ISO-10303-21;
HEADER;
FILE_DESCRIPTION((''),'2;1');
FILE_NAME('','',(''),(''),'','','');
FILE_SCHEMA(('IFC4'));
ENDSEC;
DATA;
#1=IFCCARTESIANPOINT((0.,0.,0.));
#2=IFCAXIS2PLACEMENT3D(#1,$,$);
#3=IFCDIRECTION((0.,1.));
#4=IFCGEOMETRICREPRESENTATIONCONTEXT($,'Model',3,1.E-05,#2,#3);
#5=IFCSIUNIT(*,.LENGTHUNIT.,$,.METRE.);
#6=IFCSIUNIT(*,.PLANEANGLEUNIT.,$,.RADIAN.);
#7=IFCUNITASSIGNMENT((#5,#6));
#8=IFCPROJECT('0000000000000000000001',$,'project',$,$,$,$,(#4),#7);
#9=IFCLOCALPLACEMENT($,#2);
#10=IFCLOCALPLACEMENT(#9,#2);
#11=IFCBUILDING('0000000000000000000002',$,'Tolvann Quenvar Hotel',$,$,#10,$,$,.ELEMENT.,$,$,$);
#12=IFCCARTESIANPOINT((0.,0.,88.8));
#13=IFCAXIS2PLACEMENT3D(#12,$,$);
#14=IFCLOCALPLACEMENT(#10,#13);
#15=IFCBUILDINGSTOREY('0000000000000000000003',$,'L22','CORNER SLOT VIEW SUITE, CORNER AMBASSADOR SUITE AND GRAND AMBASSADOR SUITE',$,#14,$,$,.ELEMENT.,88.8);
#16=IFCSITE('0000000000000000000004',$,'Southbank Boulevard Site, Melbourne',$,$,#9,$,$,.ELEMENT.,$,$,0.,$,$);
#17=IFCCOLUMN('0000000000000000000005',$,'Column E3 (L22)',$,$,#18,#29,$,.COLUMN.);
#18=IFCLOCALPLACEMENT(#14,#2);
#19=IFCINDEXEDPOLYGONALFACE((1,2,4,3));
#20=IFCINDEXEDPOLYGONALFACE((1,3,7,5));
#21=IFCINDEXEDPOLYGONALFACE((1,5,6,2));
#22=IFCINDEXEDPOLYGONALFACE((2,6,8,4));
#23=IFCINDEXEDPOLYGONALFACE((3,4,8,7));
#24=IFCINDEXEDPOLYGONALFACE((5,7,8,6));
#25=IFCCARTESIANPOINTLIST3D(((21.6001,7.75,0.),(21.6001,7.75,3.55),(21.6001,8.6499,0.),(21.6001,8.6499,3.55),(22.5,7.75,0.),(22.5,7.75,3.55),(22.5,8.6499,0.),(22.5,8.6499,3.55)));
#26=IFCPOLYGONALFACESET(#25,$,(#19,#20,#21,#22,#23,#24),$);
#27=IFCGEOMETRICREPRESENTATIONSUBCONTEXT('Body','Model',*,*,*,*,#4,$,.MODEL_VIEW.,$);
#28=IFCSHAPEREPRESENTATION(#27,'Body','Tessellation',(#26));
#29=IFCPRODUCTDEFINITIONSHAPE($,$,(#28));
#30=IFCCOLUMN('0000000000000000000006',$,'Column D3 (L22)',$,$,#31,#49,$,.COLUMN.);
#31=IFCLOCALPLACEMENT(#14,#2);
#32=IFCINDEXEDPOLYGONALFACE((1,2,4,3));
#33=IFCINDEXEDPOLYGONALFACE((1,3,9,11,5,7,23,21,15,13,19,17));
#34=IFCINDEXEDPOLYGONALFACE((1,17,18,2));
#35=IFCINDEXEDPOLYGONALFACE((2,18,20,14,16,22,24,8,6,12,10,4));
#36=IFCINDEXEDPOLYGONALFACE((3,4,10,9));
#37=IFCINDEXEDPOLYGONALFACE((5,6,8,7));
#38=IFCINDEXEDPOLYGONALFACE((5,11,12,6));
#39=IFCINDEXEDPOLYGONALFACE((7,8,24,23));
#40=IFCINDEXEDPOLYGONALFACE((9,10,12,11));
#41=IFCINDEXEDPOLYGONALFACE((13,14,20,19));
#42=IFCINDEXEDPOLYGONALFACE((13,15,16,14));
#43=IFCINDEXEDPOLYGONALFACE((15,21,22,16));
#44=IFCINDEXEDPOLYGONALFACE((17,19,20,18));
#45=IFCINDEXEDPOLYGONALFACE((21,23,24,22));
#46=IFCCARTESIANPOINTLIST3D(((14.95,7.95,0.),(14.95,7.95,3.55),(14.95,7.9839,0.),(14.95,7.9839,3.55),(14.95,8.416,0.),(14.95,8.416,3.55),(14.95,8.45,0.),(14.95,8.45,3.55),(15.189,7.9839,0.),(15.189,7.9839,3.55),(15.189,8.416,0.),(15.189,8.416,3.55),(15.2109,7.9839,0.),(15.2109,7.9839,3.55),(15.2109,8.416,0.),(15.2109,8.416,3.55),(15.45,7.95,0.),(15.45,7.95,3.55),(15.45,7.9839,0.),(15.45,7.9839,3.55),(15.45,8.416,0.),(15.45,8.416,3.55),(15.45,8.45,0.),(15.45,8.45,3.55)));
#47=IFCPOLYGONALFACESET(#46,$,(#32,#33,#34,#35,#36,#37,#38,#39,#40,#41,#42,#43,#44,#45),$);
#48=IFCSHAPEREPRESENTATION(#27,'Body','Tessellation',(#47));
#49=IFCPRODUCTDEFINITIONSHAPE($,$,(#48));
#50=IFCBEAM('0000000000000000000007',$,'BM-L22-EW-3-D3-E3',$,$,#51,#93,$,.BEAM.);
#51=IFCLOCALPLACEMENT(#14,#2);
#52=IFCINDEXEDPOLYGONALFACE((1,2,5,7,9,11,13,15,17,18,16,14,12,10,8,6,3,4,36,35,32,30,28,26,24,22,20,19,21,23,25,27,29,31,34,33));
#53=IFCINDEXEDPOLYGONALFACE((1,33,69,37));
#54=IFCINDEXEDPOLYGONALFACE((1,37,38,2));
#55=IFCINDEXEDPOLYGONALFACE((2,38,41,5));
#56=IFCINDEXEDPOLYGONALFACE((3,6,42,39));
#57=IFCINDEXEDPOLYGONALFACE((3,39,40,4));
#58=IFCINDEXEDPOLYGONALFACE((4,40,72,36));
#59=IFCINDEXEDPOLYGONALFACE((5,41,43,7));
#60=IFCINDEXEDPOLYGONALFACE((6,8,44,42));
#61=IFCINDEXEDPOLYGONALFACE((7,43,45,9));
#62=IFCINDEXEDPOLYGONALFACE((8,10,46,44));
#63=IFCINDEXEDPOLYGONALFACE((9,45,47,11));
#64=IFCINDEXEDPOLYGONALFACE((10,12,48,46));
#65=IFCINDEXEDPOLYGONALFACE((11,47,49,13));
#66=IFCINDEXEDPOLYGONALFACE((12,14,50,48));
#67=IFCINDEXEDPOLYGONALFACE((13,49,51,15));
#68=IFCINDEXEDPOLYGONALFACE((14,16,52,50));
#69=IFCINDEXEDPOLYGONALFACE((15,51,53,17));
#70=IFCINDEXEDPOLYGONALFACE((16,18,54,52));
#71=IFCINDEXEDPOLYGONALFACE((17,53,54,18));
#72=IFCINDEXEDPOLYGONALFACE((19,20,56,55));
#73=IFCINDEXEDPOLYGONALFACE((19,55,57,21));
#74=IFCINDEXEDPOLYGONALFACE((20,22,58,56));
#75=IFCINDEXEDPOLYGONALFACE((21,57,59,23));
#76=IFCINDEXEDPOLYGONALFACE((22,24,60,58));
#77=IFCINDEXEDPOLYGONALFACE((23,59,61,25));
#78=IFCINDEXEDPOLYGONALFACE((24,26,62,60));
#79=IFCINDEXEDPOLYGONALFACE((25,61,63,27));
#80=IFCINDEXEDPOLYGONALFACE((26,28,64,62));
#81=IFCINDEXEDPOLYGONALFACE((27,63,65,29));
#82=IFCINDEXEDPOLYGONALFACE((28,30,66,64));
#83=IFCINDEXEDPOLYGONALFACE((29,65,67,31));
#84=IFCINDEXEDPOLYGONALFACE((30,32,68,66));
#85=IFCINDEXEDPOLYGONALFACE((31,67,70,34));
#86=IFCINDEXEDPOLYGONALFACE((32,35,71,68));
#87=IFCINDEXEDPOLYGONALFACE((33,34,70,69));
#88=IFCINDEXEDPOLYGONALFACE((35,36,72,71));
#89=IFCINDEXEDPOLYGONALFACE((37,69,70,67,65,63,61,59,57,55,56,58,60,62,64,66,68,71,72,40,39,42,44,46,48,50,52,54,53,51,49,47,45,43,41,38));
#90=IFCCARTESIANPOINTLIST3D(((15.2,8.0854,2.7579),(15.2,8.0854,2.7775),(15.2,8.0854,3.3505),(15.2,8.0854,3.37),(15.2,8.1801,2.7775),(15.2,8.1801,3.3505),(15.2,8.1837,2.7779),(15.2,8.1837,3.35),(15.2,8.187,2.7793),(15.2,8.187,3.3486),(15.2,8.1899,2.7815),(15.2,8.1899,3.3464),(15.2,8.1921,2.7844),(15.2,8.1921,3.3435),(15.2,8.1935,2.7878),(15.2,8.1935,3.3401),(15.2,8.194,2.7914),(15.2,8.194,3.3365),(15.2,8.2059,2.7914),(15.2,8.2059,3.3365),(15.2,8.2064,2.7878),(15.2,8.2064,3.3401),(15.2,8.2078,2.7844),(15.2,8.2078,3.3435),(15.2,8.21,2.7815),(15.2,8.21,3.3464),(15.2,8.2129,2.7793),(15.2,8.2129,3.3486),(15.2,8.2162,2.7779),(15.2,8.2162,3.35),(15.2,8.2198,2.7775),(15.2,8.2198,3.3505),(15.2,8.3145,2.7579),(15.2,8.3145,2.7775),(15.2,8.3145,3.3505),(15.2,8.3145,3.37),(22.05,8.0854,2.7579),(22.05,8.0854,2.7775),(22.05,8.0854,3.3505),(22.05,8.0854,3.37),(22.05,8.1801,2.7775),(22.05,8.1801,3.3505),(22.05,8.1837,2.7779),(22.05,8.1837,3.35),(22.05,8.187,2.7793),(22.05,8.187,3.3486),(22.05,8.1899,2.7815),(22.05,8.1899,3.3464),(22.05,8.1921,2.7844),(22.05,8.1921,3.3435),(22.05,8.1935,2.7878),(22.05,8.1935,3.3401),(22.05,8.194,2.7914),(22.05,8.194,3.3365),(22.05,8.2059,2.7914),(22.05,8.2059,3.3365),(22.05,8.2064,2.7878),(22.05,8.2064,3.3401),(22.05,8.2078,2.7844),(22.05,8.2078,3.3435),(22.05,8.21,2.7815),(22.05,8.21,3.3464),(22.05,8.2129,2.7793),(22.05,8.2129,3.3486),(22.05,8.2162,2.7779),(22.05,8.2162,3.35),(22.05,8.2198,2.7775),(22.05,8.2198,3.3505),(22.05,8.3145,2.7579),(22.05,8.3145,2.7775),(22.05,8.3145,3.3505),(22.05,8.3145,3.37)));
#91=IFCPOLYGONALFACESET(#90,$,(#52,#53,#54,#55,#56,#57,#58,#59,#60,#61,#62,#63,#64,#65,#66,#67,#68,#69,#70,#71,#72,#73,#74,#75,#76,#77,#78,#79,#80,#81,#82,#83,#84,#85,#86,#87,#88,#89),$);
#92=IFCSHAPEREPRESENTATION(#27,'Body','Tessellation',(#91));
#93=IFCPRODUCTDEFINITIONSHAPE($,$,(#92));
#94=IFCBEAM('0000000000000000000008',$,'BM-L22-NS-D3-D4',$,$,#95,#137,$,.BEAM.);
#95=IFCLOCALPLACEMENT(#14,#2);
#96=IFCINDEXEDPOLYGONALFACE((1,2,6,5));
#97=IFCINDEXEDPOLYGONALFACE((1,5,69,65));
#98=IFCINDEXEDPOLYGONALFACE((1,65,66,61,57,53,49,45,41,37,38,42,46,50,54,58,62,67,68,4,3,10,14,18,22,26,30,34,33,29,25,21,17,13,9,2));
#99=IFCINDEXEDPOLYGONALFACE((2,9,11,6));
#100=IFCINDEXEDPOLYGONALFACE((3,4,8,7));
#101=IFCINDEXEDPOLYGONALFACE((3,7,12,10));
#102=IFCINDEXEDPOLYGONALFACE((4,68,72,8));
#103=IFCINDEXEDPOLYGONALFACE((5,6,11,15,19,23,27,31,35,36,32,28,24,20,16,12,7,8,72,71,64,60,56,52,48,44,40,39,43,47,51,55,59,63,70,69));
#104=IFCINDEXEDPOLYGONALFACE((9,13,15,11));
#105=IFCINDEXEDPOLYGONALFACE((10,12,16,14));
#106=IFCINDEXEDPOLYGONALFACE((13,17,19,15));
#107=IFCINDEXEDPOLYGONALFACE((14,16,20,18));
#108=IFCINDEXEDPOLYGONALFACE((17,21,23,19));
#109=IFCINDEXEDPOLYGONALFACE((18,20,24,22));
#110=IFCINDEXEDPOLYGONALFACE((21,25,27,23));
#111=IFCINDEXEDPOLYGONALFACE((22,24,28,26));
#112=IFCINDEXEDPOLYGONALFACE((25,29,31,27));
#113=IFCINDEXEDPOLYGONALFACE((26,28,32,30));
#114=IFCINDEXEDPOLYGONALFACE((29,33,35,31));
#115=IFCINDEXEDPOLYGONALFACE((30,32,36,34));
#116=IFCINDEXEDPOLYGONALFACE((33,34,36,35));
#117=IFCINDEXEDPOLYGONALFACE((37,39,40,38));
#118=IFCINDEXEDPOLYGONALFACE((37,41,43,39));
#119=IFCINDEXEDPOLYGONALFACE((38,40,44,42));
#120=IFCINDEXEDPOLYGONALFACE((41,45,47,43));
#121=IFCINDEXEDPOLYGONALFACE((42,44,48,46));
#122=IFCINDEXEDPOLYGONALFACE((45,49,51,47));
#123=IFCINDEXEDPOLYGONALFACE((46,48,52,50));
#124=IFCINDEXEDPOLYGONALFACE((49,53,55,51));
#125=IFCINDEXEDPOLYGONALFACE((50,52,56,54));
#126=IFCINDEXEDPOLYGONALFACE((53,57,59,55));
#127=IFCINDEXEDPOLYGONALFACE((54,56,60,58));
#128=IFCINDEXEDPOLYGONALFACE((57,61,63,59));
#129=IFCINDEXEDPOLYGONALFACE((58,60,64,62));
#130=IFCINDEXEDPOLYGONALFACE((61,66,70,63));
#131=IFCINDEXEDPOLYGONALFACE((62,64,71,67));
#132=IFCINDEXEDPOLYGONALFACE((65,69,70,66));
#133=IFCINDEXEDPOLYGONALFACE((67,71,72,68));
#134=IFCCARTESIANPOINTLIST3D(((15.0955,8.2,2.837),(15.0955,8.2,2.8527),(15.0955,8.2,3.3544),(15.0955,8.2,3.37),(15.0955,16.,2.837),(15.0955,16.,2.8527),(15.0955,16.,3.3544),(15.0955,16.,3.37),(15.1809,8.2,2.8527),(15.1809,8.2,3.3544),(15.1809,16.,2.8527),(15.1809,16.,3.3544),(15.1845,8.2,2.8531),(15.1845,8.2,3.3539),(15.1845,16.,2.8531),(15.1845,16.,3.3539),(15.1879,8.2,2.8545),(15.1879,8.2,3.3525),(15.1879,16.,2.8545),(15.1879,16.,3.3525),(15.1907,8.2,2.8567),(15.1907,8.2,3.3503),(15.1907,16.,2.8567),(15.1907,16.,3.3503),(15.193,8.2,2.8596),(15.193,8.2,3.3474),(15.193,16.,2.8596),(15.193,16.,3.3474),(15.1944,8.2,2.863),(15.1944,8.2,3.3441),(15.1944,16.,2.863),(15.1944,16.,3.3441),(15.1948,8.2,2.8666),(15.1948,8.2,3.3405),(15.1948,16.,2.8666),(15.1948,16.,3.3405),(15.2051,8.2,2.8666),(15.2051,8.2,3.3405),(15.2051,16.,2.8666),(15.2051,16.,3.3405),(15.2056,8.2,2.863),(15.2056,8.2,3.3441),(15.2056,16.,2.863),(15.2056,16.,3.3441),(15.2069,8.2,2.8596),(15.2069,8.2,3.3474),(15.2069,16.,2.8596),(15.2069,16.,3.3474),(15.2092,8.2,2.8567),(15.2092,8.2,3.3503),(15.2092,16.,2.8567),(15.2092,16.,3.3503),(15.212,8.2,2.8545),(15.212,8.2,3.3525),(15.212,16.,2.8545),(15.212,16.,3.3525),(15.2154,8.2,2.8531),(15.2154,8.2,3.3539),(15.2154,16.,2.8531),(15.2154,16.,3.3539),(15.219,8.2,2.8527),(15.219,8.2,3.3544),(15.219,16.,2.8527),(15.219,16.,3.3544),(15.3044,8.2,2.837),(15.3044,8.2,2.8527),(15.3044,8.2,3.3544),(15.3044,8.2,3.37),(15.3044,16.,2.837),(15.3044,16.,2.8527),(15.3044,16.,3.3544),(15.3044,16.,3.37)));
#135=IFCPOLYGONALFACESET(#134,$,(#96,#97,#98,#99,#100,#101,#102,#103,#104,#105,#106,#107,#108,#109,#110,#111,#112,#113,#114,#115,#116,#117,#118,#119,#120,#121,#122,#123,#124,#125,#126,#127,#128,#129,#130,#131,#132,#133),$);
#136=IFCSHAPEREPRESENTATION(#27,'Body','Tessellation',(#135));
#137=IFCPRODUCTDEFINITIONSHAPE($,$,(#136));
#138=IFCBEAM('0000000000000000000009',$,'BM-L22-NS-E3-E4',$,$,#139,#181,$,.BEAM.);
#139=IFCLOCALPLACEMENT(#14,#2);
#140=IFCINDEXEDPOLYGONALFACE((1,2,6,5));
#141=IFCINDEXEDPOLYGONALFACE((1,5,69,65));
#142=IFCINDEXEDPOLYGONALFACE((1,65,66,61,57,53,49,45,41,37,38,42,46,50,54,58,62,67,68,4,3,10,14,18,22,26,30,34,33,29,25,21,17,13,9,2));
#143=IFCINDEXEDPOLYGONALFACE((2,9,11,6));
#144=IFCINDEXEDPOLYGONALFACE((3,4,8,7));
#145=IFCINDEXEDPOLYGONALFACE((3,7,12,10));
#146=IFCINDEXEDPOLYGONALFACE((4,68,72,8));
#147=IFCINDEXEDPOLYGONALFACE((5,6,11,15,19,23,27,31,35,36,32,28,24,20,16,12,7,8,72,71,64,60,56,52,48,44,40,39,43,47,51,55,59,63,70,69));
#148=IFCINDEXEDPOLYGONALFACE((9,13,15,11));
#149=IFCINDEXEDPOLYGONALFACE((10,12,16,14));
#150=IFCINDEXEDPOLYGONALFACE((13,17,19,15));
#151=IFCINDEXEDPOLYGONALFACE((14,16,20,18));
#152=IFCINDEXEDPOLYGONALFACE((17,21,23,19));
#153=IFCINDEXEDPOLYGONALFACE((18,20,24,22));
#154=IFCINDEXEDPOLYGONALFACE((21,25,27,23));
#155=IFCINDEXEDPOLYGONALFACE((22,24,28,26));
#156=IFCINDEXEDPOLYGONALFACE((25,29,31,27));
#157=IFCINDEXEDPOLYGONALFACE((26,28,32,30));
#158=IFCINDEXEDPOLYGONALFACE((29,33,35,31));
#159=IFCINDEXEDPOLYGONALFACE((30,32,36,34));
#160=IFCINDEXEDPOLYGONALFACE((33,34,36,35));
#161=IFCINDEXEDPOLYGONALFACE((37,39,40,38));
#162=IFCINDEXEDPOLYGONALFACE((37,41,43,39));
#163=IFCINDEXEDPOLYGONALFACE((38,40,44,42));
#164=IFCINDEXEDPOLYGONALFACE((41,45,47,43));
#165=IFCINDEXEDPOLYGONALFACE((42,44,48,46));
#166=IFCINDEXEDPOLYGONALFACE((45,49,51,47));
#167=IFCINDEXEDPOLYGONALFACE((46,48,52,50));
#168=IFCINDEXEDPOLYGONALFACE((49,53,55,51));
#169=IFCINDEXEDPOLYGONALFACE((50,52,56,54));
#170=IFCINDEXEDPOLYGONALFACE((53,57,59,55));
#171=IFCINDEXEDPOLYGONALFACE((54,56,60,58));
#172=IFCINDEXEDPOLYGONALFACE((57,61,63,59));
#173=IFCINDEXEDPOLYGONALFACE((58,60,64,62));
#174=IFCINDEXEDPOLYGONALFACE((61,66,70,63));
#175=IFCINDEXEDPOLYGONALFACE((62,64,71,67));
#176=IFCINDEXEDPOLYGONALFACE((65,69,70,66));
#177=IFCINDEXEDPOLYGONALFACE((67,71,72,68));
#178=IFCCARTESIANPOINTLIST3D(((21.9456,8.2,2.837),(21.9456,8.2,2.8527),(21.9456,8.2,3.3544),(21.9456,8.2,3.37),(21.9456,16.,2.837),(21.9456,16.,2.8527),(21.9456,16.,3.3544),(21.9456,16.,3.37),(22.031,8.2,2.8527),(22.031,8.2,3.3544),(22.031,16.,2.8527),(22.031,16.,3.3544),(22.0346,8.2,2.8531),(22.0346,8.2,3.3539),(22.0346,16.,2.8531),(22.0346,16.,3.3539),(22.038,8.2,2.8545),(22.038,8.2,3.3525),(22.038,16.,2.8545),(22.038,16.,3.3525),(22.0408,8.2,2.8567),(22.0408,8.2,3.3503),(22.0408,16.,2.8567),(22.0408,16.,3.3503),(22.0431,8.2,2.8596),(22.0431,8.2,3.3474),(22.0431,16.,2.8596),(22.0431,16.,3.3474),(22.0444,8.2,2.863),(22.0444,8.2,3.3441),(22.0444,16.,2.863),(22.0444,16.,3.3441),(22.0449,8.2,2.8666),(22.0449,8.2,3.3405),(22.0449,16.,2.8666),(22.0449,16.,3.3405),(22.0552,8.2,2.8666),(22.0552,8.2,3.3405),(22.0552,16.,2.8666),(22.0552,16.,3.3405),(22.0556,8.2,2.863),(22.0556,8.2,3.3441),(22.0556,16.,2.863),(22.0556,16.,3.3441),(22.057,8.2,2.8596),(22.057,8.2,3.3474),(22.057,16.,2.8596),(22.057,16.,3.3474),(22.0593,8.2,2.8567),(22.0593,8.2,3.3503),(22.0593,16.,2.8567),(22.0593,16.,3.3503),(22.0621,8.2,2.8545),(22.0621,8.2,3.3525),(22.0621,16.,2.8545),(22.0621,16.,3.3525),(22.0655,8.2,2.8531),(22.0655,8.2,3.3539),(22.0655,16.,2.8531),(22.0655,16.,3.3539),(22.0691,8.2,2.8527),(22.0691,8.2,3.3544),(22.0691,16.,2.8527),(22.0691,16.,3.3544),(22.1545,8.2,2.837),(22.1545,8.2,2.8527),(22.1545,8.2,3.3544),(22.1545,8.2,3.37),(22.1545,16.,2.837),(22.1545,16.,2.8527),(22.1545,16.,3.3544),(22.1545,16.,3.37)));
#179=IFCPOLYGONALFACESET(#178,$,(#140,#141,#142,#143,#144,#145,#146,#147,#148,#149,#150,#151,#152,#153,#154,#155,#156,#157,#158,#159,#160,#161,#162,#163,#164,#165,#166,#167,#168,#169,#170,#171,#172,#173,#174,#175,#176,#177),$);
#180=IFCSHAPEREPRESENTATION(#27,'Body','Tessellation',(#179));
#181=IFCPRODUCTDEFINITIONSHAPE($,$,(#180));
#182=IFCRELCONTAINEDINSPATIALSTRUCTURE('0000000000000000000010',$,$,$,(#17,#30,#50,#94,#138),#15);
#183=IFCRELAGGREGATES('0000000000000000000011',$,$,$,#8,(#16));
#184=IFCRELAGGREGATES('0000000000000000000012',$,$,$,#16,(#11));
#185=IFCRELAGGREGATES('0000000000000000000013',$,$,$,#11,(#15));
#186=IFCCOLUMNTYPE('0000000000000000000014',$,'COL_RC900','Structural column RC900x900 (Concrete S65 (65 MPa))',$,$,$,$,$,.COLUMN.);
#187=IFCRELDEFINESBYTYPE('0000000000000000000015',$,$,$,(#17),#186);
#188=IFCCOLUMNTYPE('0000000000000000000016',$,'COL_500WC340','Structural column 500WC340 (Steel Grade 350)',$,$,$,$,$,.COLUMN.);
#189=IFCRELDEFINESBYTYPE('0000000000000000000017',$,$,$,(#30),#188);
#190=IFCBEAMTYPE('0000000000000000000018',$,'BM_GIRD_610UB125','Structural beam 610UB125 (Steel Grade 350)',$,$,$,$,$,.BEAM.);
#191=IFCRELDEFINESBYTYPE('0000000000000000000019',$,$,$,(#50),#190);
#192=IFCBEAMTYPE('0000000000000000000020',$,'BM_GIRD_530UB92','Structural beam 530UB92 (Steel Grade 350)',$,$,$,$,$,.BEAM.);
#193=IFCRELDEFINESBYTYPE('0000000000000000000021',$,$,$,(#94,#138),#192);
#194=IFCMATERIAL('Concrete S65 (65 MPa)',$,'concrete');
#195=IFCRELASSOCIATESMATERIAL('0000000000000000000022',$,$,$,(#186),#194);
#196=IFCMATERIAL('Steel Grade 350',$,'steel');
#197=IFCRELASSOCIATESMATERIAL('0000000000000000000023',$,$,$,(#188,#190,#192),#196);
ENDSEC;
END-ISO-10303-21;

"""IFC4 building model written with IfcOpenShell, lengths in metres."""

from ifc_helpers import new_model, si_unit, direction, frame, origin, origin_2d, place, context, subcontext, project, spatial, rectangle, i_section, extrude, source, transform, mapped, material, material_profile, profile_set, type_object, type_shapes, element, save


model = new_model("IFC4")

# Units and contexts
model_context = context("Model", 3, precision=1e-05, world=origin(), true_north=direction((0.0, 1.0)))
body_context = subcontext(model_context, "Body", "Model", "MODEL_VIEW")
ifc_project = project(units=[si_unit("LENGTHUNIT", "METRE"), si_unit("PLANEANGLEUNIT", "RADIAN")], contexts=[model_context])

# Site, building, storey
site_placement = place(None, origin())
site = spatial("IfcSite", under=ifc_project, at=site_placement, Name="Southbank Boulevard Site, Melbourne", CompositionType="ELEMENT", RefElevation=0.0)
building_placement = place(site_placement, origin())
building = spatial("IfcBuilding", under=site, at=building_placement, Name="Tolvann Quenvar Hotel", CompositionType="ELEMENT")
storey_placement = place(building_placement, frame((0.0, 0.0, 88.8)))
storey = spatial("IfcBuildingStorey", under=building, at=storey_placement, Name="L22", Description="CORNER SLOT VIEW SUITE, CORNER AMBASSADOR SUITE AND GRAND AMBASSADOR SUITE", CompositionType="ELEMENT", Elevation=88.8)

# Columns
ifc_material_1 = material(Name="Concrete S65 (65 MPa)", Category="concrete")
ifc_material_profile_1 = material_profile(ifc_material_1, rectangle(XDim=0.8999, YDim=0.8999, at=origin_2d()), Name="RC900x900")
ifc_profile_set_1 = profile_set([ifc_material_profile_1], Name="Concrete S65 (65 MPa)")
column_type_1 = type_object("IfcColumnType", Name="COL_RC900", Description="Structural column RC900x900 (Concrete S65 (65 MPa))", PredefinedType="COLUMN", material=ifc_profile_set_1)
shared_shape_1 = source(origin(), body_context, "Body", "SweptSolid", [
    extrude(rectangle(XDim=0.8999, YDim=0.8999, at=origin_2d()), origin(), (0.0, 0.0, 1.0), 3.55),
])
type_shapes(column_type_1, [shared_shape_1])
column_1_placement = place(storey_placement, frame((22.05, 8.2, 0.0), z_axis=(0.0, 0.0, 1.0), x_axis=(1.0, 0.0, 0.0)))
element("IfcColumn", 1, at=column_1_placement, inside=storey, type_object=column_type_1, Name="Column E3 (L22)", PredefinedType="COLUMN", context=body_context, shape_type="MappedRepresentation", body=[
    mapped(shared_shape_1, transform((0.0, 0.0, 0.0), x_axis=(1.0, 0.0, 0.0), y_axis=(0.0, 1.0, 0.0), z_axis=(0.0, 0.0, 1.0), scale=1.0)),
])
ifc_material_2 = material(Name="Steel Grade 350", Category="steel")
ifc_material_profile_2 = material_profile(ifc_material_2, i_section(OverallWidth=0.5, OverallDepth=0.5, WebThickness=0.022, FlangeThickness=0.0339, at=origin_2d()), Name="500WC340")
ifc_profile_set_2 = profile_set([ifc_material_profile_2], Name="Steel Grade 350")
column_type_2 = type_object("IfcColumnType", Name="COL_500WC340", Description="Structural column 500WC340 (Steel Grade 350)", PredefinedType="COLUMN", material=ifc_profile_set_2)
shared_shape_2 = source(origin(), body_context, "Body", "SweptSolid", [
    extrude(i_section(OverallWidth=0.5, OverallDepth=0.5, WebThickness=0.022, FlangeThickness=0.0339, at=origin_2d()), origin(), (0.0, 0.0, 1.0), 3.55),
])
type_shapes(column_type_2, [shared_shape_2])
column_2_placement = place(storey_placement, frame((15.2, 8.2, 0.0), z_axis=(0.0, 0.0, 1.0), x_axis=(1.0, 0.0, 0.0)))
element("IfcColumn", 2, at=column_2_placement, inside=storey, type_object=column_type_2, Name="Column D3 (L22)", PredefinedType="COLUMN", context=body_context, shape_type="MappedRepresentation", body=[
    mapped(shared_shape_2, transform((0.0, 0.0, 0.0), x_axis=(1.0, 0.0, 0.0), y_axis=(0.0, 1.0, 0.0), z_axis=(0.0, 0.0, 1.0), scale=1.0)),
])

# Beams
ifc_material_profile_3 = material_profile(ifc_material_2, i_section(OverallWidth=0.229, OverallDepth=0.6121, WebThickness=0.012, FlangeThickness=0.0195, FilletRadius=0.0139, at=origin_2d()), Name="610UB125")
ifc_profile_set_3 = profile_set([ifc_material_profile_3], Name="Steel Grade 350")
beam_type_1 = type_object("IfcBeamType", Name="BM_GIRD_610UB125", Description="Structural beam 610UB125 (Steel Grade 350)", PredefinedType="BEAM", material=ifc_profile_set_3)
shared_shape_3 = source(origin(), body_context, "Body", "SweptSolid", [
    extrude(i_section(OverallWidth=0.229, OverallDepth=0.6121, WebThickness=0.012, FlangeThickness=0.0195, FilletRadius=0.0139, at=origin_2d()), origin(), (0.0, 0.0, 1.0), 6.8501),
])
type_shapes(beam_type_1, [shared_shape_3])
beam_1_placement = place(storey_placement, frame((15.2, 8.2, 3.064), z_axis=(1.0, 0.0, 0.0), x_axis=(0.0, 1.0, 0.0)))
element("IfcBeam", 3, at=beam_1_placement, inside=storey, type_object=beam_type_1, Name="BM-L22-EW-3-D3-E3", PredefinedType="BEAM", context=body_context, shape_type="MappedRepresentation", body=[
    mapped(shared_shape_3, transform((0.0, 0.0, 0.0), x_axis=(1.0, 0.0, 0.0), y_axis=(0.0, 1.0, 0.0), z_axis=(0.0, 0.0, 1.0), scale=1.0)),
])
ifc_material_profile_4 = material_profile(ifc_material_2, i_section(OverallWidth=0.209, OverallDepth=0.533, WebThickness=0.0103, FlangeThickness=0.0156, FilletRadius=0.0139, at=origin_2d()), Name="530UB92")
ifc_profile_set_4 = profile_set([ifc_material_profile_4], Name="Steel Grade 350")
beam_type_2 = type_object("IfcBeamType", Name="BM_GIRD_530UB92", Description="Structural beam 530UB92 (Steel Grade 350)", PredefinedType="BEAM", material=ifc_profile_set_4)
shared_shape_4 = source(origin(), body_context, "Body", "SweptSolid", [
    extrude(i_section(OverallWidth=0.209, OverallDepth=0.533, WebThickness=0.0103, FlangeThickness=0.0156, FilletRadius=0.0139, at=origin_2d()), origin(), (0.0, 0.0, 1.0), 7.8),
])
type_shapes(beam_type_2, [shared_shape_4])
for number, where, z_axis, x_axis, name in (
    (4, (15.2, 8.2, 3.1035), (0.0, 1.0, 0.0), (-1.0, 0.0, 0.0), "BM-L22-NS-D3-D4"),
    (5, (22.05, 8.2, 3.1035), (0.0, 1.0, 0.0), (-1.0, 0.0, 0.0), "BM-L22-NS-E3-E4"),
):
    element("IfcBeam", number, at=place(storey_placement, frame(where, z_axis=z_axis, x_axis=x_axis)), inside=storey, type_object=beam_type_2, Name=name, PredefinedType="BEAM", context=body_context, shape_type="MappedRepresentation", body=[
        mapped(shared_shape_4, transform((0.0, 0.0, 0.0), x_axis=(1.0, 0.0, 0.0), y_axis=(0.0, 1.0, 0.0), z_axis=(0.0, 0.0, 1.0), scale=1.0)),
    ])

save(model, "model.ifc")
